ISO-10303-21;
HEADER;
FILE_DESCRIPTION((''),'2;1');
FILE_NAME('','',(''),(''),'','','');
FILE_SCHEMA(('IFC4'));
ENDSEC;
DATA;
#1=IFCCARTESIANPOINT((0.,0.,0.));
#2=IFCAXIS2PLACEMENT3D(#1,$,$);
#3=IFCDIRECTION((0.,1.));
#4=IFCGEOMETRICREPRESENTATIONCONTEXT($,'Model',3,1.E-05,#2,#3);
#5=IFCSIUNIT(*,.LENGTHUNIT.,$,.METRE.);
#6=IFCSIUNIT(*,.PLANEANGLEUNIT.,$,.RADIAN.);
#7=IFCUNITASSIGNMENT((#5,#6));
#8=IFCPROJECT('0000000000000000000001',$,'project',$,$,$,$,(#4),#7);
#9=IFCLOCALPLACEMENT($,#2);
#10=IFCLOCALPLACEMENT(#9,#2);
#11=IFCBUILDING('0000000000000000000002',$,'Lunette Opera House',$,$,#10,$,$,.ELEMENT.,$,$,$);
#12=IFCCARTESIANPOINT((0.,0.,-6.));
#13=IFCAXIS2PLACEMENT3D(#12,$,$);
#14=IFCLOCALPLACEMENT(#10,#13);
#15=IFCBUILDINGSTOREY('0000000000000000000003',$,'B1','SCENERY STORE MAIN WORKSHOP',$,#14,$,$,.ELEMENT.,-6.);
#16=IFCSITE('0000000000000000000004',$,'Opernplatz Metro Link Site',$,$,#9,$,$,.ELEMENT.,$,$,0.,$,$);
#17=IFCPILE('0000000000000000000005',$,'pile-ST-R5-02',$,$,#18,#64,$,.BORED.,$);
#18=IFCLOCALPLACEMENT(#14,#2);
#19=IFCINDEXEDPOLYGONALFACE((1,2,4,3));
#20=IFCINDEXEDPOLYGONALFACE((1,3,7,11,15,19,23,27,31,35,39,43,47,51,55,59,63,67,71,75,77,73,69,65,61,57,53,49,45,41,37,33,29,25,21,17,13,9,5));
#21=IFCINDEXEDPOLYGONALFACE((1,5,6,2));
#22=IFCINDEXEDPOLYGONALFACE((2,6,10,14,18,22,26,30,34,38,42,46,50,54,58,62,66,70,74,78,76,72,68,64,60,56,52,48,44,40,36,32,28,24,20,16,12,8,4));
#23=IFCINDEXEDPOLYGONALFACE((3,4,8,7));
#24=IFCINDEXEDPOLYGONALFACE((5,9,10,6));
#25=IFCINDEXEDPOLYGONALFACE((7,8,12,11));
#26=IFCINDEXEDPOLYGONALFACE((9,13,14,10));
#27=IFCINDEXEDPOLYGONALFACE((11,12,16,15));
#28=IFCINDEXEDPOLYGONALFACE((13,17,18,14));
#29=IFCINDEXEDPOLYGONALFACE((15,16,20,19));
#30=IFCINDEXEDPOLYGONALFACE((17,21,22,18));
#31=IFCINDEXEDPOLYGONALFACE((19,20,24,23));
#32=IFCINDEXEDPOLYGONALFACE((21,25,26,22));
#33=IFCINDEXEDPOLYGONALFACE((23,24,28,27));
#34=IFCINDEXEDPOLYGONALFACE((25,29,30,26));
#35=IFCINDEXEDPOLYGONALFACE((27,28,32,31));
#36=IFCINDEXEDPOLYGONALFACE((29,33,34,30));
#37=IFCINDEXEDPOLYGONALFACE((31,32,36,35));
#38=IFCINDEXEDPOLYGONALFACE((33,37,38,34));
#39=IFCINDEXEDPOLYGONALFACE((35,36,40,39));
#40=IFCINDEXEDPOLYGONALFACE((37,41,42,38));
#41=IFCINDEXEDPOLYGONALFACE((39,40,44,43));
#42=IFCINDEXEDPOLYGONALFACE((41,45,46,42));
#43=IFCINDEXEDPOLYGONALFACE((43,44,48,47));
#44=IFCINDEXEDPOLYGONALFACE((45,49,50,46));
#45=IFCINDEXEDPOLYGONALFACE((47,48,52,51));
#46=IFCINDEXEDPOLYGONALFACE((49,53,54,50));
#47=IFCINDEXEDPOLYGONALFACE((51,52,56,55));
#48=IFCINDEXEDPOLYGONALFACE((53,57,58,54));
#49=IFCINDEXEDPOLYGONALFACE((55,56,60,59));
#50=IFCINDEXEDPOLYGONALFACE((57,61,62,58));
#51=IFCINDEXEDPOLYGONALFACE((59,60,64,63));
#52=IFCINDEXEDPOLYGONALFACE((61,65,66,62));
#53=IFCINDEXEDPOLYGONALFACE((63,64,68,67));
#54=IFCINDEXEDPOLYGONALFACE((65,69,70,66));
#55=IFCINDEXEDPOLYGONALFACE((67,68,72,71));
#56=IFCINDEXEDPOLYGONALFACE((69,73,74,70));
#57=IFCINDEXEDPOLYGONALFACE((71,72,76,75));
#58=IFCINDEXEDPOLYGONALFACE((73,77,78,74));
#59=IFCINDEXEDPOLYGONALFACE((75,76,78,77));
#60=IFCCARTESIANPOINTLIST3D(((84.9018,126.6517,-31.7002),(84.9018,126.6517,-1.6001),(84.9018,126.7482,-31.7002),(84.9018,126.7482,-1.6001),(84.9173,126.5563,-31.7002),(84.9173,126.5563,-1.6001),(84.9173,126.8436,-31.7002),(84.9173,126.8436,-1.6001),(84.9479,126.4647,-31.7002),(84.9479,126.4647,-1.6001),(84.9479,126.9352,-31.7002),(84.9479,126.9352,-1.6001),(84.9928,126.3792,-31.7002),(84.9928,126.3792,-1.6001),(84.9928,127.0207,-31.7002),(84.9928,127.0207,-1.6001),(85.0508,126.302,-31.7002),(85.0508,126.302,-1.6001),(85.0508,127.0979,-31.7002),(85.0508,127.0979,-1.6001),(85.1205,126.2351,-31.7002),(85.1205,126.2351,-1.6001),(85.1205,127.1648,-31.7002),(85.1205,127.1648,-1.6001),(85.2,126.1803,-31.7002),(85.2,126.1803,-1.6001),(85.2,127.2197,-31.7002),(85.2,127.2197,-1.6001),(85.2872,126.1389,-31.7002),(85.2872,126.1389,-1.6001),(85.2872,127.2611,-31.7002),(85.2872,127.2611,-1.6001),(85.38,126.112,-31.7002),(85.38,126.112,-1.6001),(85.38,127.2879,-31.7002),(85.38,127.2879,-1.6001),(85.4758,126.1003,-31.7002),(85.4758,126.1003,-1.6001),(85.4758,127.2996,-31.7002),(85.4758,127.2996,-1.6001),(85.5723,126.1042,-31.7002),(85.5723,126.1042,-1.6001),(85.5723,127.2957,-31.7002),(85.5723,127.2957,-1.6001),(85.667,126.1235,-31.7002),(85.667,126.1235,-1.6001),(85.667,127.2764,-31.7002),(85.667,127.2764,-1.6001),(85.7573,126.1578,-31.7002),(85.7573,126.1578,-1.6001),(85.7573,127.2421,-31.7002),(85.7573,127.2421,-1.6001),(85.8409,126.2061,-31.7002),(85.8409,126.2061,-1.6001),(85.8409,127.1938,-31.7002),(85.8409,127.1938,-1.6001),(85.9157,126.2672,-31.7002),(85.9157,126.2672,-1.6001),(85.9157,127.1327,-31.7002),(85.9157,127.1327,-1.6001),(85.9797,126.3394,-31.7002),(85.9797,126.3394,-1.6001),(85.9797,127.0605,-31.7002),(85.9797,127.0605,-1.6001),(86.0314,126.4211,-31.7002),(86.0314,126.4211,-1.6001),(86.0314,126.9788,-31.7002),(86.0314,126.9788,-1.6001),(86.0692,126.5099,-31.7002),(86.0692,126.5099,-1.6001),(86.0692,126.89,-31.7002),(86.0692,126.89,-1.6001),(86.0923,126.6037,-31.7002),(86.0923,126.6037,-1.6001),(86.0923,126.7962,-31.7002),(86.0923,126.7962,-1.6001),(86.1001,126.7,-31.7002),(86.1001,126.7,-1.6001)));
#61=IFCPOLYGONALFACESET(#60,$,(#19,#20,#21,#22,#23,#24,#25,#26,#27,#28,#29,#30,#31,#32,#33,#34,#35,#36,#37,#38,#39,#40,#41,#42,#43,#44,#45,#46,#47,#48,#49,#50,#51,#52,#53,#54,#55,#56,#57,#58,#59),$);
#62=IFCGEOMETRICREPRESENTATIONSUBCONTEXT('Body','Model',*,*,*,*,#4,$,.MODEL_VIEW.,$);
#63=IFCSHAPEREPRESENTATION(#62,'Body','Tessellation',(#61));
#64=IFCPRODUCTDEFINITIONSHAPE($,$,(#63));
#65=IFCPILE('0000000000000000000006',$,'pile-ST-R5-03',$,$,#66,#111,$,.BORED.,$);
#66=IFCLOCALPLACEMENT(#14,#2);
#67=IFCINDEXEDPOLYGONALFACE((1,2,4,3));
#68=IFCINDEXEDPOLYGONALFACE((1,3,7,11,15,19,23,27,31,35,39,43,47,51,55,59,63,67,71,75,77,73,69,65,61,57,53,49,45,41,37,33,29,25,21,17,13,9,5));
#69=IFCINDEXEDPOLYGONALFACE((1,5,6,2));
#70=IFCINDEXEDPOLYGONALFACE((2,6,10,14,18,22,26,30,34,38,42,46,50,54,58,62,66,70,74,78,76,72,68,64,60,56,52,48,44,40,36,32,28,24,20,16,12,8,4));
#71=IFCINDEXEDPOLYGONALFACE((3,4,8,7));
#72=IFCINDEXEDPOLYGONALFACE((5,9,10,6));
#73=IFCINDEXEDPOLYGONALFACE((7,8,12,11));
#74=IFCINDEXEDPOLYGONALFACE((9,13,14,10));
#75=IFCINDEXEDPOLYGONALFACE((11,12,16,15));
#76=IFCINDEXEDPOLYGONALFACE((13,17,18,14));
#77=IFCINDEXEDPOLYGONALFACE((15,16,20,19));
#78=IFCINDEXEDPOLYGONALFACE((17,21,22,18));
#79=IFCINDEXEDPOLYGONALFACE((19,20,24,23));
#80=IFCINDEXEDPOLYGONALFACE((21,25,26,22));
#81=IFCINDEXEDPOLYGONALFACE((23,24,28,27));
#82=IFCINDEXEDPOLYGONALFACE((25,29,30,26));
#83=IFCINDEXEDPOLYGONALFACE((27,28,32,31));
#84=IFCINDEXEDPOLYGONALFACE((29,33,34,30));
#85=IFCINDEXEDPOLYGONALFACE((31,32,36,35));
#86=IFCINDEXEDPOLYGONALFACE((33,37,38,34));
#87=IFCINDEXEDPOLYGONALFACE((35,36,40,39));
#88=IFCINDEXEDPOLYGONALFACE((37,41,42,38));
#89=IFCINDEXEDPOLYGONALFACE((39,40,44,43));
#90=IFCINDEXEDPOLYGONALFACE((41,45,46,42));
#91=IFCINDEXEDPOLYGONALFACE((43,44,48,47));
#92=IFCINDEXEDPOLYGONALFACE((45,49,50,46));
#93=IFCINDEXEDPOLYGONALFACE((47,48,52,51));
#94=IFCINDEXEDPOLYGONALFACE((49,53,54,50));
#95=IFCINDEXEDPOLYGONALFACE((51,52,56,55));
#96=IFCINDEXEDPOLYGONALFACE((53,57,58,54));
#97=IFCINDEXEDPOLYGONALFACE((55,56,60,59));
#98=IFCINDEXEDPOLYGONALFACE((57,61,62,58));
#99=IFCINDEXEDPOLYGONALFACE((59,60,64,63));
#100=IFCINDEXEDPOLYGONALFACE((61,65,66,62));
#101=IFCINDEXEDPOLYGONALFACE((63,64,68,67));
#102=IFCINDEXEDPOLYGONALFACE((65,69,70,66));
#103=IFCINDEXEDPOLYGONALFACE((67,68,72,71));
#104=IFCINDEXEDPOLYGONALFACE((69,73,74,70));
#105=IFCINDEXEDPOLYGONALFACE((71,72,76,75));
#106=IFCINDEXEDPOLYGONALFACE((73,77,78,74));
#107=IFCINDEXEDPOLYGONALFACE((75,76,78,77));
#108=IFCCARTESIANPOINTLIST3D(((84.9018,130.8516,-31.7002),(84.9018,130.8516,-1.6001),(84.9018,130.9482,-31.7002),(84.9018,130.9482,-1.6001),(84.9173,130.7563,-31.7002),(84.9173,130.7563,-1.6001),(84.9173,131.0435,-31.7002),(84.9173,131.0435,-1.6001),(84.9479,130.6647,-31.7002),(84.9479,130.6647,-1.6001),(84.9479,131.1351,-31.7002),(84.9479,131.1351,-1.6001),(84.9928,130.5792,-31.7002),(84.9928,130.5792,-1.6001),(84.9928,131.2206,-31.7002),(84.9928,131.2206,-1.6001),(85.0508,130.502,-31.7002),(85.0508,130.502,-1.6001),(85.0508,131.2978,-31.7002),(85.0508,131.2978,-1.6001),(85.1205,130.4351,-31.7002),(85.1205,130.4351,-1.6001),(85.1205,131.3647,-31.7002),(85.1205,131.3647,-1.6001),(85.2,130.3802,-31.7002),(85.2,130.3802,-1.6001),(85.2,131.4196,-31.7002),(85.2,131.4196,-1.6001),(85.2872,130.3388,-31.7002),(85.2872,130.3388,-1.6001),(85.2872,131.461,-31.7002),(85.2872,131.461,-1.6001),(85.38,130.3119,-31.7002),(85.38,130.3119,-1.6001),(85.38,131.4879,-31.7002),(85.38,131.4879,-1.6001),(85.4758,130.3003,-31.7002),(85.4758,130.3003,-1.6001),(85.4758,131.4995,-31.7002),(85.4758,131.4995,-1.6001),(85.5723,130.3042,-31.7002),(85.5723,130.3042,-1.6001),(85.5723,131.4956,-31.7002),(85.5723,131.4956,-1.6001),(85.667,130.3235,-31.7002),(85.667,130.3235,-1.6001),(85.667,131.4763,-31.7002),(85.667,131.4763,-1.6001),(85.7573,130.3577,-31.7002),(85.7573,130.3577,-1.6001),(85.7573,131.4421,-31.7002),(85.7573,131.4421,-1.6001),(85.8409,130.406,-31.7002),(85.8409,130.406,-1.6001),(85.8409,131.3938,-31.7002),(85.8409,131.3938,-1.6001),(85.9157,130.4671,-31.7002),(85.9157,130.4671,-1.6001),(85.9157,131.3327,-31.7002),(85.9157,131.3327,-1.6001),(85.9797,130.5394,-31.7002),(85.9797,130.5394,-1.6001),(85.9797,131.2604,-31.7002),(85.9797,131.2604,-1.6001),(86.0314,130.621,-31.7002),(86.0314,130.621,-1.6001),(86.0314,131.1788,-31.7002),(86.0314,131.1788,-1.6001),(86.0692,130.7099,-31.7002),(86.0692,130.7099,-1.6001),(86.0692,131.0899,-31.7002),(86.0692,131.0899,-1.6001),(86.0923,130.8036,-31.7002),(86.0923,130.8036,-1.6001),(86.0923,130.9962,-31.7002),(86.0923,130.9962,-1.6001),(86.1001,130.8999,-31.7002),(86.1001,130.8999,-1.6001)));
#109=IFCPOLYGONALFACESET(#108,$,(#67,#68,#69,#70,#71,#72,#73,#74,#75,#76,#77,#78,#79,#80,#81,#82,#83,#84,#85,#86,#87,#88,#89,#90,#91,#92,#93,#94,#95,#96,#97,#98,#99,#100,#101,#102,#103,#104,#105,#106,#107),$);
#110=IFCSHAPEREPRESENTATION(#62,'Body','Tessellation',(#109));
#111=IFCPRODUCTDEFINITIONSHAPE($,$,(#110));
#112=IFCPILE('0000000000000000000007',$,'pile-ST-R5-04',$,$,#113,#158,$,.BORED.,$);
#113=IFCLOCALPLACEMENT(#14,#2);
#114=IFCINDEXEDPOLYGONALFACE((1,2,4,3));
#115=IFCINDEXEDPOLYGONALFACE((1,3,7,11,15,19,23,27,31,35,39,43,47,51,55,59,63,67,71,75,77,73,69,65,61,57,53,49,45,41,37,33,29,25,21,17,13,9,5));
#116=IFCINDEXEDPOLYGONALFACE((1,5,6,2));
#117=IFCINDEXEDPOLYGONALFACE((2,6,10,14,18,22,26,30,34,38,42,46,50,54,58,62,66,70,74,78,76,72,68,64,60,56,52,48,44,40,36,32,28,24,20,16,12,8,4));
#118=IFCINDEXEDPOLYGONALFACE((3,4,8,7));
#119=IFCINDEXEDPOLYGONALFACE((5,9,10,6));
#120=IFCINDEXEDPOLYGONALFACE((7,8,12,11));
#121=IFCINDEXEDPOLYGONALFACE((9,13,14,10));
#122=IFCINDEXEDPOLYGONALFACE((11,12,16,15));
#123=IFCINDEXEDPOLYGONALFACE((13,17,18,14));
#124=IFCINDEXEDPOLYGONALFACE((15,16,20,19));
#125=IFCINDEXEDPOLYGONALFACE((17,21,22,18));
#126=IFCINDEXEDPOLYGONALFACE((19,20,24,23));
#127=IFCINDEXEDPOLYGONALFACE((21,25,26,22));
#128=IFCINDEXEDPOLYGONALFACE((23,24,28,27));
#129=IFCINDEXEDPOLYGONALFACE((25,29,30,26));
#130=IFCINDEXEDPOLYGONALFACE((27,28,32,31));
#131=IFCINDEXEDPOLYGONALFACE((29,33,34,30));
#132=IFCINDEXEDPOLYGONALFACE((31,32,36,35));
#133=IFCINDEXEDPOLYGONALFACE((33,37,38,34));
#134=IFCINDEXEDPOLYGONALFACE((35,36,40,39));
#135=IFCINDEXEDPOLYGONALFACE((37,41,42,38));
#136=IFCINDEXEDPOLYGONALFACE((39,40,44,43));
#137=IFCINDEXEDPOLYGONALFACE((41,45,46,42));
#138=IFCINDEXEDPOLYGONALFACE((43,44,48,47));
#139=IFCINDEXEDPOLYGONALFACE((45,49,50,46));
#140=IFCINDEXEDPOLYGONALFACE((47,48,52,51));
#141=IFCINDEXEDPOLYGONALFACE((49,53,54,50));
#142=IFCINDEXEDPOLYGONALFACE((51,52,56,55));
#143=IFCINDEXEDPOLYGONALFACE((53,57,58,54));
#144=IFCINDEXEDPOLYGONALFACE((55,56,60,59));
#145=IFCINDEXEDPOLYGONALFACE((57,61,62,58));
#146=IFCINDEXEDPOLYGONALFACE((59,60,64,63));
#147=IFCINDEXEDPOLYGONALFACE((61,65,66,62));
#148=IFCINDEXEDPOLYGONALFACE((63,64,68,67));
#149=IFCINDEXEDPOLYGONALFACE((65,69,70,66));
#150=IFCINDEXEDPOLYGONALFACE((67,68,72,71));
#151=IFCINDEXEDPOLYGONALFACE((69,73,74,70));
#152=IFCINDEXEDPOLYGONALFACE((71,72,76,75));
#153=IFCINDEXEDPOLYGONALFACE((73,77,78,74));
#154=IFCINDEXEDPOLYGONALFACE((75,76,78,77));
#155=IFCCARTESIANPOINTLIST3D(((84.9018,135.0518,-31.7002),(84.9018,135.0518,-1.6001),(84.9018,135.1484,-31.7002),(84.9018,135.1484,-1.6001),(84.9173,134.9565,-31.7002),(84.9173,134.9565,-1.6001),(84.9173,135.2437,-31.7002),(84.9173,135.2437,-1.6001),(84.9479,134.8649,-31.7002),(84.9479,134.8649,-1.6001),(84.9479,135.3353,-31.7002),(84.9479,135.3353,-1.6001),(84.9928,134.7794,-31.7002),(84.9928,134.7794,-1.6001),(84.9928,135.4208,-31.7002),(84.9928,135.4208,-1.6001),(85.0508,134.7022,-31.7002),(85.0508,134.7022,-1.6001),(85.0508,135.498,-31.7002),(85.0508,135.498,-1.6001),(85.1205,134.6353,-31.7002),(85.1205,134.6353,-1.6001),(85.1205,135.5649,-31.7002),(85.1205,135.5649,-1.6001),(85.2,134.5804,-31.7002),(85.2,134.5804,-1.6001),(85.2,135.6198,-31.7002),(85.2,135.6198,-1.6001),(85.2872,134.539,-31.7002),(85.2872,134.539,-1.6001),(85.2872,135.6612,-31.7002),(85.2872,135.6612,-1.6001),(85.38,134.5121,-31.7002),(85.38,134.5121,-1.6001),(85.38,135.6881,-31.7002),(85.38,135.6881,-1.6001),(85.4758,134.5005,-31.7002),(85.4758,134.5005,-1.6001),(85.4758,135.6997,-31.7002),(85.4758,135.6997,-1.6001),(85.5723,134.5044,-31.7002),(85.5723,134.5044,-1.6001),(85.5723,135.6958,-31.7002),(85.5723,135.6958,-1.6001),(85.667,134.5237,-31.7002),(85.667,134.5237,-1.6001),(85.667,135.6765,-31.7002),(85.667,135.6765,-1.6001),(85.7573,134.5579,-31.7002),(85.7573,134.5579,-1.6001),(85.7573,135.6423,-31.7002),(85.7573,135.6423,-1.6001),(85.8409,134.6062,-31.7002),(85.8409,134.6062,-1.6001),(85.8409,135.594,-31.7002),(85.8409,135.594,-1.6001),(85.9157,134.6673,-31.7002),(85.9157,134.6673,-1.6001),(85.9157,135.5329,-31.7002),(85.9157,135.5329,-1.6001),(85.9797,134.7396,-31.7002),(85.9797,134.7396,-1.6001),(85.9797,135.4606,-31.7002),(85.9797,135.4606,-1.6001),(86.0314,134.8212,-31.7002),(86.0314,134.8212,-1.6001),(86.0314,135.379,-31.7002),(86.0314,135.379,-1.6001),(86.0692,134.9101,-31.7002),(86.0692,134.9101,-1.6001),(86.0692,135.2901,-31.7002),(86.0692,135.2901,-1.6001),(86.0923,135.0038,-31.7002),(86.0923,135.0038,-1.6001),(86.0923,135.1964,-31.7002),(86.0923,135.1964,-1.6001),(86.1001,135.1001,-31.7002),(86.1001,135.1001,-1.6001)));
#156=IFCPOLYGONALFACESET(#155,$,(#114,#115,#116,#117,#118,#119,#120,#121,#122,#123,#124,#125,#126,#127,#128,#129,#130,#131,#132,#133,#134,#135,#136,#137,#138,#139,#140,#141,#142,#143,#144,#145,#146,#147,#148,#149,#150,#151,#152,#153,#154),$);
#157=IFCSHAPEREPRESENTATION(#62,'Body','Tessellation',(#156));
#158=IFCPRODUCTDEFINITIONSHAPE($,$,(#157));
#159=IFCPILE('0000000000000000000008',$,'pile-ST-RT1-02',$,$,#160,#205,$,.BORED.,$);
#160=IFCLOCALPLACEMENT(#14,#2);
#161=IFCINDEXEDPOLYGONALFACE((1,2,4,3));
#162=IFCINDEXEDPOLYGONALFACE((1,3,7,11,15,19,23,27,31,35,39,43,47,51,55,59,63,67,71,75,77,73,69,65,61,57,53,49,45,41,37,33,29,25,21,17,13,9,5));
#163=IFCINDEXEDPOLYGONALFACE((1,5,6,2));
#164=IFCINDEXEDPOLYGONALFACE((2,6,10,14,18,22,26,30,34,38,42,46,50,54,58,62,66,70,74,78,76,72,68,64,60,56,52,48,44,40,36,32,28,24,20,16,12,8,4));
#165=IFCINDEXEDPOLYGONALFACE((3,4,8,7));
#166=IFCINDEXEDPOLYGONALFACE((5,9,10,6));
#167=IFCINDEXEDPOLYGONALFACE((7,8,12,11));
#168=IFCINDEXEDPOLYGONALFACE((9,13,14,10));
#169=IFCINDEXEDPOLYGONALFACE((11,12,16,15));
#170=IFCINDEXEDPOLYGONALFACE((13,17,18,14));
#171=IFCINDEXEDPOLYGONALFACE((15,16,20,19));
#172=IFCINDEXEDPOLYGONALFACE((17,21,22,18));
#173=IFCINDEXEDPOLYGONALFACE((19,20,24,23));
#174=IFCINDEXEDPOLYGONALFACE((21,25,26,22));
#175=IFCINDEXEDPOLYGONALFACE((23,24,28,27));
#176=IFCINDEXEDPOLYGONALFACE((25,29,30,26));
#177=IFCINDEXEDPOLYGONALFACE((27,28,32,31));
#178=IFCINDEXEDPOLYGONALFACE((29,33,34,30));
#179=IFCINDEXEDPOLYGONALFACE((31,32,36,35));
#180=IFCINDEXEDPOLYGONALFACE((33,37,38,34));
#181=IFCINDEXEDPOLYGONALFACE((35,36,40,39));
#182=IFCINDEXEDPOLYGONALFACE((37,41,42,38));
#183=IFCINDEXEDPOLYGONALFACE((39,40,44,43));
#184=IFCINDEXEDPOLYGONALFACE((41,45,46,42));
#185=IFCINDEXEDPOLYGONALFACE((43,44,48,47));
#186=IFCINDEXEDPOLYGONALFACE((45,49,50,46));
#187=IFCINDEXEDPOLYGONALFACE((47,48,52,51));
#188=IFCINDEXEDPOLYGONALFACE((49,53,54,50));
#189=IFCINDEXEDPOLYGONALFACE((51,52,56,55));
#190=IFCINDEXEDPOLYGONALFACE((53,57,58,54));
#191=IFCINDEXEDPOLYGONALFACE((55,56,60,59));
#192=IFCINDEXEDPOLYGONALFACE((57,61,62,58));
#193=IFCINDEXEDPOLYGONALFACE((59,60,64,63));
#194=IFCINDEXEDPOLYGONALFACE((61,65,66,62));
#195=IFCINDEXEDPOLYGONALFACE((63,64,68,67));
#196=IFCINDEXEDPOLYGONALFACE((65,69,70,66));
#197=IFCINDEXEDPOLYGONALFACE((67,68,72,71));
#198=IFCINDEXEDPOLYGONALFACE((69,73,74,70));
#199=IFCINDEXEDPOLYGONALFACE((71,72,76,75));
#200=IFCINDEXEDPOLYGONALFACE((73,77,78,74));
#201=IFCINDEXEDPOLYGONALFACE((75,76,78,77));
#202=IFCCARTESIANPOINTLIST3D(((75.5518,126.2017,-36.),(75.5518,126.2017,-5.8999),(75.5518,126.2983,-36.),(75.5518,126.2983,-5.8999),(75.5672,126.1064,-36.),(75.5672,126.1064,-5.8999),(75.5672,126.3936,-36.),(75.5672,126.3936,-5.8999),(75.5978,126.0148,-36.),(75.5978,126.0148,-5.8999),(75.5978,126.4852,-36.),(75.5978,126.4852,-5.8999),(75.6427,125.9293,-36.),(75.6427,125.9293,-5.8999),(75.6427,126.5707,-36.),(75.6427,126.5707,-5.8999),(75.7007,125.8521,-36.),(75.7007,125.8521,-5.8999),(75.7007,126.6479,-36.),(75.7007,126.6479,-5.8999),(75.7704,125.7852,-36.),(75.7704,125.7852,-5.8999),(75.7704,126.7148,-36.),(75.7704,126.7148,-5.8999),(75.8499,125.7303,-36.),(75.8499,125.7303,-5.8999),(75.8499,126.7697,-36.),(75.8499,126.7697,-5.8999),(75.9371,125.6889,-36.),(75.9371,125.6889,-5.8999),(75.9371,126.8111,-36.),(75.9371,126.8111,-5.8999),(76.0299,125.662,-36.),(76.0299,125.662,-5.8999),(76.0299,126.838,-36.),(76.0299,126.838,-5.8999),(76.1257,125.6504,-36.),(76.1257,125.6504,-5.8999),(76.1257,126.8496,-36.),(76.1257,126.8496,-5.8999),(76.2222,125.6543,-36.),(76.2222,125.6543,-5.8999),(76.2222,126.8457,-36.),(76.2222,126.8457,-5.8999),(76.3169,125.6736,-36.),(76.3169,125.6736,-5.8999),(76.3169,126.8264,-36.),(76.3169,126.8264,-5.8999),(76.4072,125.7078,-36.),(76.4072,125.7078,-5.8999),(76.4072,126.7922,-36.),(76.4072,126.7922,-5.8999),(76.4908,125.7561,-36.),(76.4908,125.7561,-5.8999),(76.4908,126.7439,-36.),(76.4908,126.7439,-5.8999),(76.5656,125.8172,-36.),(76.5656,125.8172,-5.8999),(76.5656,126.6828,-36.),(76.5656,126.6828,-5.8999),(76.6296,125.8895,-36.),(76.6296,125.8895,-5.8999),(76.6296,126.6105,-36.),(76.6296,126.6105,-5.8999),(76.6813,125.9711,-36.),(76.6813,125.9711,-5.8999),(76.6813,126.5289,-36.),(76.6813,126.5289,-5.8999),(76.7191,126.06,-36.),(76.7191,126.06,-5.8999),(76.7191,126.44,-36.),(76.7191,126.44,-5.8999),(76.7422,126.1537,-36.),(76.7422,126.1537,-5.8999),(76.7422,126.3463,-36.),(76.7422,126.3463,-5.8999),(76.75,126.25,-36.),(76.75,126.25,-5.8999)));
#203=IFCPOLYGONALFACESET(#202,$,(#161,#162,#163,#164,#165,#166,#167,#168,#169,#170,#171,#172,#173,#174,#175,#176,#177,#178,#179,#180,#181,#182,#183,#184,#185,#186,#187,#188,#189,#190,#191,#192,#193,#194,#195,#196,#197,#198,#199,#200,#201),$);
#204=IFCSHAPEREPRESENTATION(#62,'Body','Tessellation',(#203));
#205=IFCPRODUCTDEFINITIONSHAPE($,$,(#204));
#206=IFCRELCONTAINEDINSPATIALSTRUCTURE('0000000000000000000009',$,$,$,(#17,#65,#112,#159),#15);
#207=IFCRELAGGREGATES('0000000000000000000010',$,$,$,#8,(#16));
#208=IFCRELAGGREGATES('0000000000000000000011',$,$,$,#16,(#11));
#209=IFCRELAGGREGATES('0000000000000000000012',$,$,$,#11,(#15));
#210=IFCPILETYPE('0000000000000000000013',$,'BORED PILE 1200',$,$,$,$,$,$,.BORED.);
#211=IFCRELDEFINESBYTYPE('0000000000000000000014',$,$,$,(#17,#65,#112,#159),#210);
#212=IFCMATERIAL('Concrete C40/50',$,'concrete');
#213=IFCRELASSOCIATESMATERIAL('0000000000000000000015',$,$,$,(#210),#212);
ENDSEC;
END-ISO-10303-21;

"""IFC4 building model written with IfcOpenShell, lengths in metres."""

from ifc_helpers import new_model, si_unit, direction, frame, origin, origin_2d, place, context, subcontext, project, spatial, circle, extrude, material, material_profile, profile_set, type_object, element, save


model = new_model("IFC4")

# Units and contexts
model_context = context("Model", 3, precision=1e-05, world=origin(), true_north=direction((0.0, 1.0)))
body_context = subcontext(model_context, "Body", "Model", "MODEL_VIEW")
ifc_project = project(units=[si_unit("LENGTHUNIT", "METRE"), si_unit("PLANEANGLEUNIT", "RADIAN")], contexts=[model_context])

# Site, building, storey
site_placement = place(None, origin())
site = spatial("IfcSite", under=ifc_project, at=site_placement, Name="Opernplatz Metro Link Site", CompositionType="ELEMENT", RefElevation=0.0)
building_placement = place(site_placement, origin())
building = spatial("IfcBuilding", under=site, at=building_placement, Name="Lunette Opera House", CompositionType="ELEMENT")
storey_placement = place(building_placement, frame((0.0, 0.0, -6.0)))
storey = spatial("IfcBuildingStorey", under=building, at=storey_placement, Name="B1", Description="SCENERY STORE MAIN WORKSHOP", CompositionType="ELEMENT", Elevation=-6.0)

# Piles
ifc_material_1 = material(Name="Concrete C40/50", Category="concrete")
ifc_material_profile = material_profile(ifc_material_1, circle(Radius=0.6001, at=origin_2d()), Name="BORED PILE 1200")
ifc_profile_set = profile_set([ifc_material_profile], Name="Concrete C40/50")
pile_type = type_object("IfcPileType", Name="BORED PILE 1200", PredefinedType="BORED", material=ifc_profile_set)
for number, where, z_axis, x_axis, name in (
    (1, (85.5, 126.7, -1.6001), (0.0, 0.0, -1.0), (1.0, 0.0, 0.0), "pile-ST-R5-02"),
    (2, (85.5, 130.8999, -1.6001), (0.0, 0.0, -1.0), (1.0, 0.0, 0.0), "pile-ST-R5-03"),
    (3, (85.5, 135.1001, -1.6001), (0.0, 0.0, -1.0), (1.0, 0.0, 0.0), "pile-ST-R5-04"),
    (4, (76.1499, 126.25, -5.8999), (0.0, 0.0, -1.0), (1.0, 0.0, 0.0), "pile-ST-RT1-02"),
):
    element("IfcPile", number, at=place(storey_placement, frame(where, z_axis=z_axis, x_axis=x_axis)), inside=storey, type_object=pile_type, Name=name, PredefinedType="BORED", context=body_context, shape_type="SweptSolid", body=[
        extrude(circle(Radius=0.6001, at=origin_2d()), origin(), (0.0, 0.0, 1.0), 30.1001),
    ])

save(model, "model.ifc")
